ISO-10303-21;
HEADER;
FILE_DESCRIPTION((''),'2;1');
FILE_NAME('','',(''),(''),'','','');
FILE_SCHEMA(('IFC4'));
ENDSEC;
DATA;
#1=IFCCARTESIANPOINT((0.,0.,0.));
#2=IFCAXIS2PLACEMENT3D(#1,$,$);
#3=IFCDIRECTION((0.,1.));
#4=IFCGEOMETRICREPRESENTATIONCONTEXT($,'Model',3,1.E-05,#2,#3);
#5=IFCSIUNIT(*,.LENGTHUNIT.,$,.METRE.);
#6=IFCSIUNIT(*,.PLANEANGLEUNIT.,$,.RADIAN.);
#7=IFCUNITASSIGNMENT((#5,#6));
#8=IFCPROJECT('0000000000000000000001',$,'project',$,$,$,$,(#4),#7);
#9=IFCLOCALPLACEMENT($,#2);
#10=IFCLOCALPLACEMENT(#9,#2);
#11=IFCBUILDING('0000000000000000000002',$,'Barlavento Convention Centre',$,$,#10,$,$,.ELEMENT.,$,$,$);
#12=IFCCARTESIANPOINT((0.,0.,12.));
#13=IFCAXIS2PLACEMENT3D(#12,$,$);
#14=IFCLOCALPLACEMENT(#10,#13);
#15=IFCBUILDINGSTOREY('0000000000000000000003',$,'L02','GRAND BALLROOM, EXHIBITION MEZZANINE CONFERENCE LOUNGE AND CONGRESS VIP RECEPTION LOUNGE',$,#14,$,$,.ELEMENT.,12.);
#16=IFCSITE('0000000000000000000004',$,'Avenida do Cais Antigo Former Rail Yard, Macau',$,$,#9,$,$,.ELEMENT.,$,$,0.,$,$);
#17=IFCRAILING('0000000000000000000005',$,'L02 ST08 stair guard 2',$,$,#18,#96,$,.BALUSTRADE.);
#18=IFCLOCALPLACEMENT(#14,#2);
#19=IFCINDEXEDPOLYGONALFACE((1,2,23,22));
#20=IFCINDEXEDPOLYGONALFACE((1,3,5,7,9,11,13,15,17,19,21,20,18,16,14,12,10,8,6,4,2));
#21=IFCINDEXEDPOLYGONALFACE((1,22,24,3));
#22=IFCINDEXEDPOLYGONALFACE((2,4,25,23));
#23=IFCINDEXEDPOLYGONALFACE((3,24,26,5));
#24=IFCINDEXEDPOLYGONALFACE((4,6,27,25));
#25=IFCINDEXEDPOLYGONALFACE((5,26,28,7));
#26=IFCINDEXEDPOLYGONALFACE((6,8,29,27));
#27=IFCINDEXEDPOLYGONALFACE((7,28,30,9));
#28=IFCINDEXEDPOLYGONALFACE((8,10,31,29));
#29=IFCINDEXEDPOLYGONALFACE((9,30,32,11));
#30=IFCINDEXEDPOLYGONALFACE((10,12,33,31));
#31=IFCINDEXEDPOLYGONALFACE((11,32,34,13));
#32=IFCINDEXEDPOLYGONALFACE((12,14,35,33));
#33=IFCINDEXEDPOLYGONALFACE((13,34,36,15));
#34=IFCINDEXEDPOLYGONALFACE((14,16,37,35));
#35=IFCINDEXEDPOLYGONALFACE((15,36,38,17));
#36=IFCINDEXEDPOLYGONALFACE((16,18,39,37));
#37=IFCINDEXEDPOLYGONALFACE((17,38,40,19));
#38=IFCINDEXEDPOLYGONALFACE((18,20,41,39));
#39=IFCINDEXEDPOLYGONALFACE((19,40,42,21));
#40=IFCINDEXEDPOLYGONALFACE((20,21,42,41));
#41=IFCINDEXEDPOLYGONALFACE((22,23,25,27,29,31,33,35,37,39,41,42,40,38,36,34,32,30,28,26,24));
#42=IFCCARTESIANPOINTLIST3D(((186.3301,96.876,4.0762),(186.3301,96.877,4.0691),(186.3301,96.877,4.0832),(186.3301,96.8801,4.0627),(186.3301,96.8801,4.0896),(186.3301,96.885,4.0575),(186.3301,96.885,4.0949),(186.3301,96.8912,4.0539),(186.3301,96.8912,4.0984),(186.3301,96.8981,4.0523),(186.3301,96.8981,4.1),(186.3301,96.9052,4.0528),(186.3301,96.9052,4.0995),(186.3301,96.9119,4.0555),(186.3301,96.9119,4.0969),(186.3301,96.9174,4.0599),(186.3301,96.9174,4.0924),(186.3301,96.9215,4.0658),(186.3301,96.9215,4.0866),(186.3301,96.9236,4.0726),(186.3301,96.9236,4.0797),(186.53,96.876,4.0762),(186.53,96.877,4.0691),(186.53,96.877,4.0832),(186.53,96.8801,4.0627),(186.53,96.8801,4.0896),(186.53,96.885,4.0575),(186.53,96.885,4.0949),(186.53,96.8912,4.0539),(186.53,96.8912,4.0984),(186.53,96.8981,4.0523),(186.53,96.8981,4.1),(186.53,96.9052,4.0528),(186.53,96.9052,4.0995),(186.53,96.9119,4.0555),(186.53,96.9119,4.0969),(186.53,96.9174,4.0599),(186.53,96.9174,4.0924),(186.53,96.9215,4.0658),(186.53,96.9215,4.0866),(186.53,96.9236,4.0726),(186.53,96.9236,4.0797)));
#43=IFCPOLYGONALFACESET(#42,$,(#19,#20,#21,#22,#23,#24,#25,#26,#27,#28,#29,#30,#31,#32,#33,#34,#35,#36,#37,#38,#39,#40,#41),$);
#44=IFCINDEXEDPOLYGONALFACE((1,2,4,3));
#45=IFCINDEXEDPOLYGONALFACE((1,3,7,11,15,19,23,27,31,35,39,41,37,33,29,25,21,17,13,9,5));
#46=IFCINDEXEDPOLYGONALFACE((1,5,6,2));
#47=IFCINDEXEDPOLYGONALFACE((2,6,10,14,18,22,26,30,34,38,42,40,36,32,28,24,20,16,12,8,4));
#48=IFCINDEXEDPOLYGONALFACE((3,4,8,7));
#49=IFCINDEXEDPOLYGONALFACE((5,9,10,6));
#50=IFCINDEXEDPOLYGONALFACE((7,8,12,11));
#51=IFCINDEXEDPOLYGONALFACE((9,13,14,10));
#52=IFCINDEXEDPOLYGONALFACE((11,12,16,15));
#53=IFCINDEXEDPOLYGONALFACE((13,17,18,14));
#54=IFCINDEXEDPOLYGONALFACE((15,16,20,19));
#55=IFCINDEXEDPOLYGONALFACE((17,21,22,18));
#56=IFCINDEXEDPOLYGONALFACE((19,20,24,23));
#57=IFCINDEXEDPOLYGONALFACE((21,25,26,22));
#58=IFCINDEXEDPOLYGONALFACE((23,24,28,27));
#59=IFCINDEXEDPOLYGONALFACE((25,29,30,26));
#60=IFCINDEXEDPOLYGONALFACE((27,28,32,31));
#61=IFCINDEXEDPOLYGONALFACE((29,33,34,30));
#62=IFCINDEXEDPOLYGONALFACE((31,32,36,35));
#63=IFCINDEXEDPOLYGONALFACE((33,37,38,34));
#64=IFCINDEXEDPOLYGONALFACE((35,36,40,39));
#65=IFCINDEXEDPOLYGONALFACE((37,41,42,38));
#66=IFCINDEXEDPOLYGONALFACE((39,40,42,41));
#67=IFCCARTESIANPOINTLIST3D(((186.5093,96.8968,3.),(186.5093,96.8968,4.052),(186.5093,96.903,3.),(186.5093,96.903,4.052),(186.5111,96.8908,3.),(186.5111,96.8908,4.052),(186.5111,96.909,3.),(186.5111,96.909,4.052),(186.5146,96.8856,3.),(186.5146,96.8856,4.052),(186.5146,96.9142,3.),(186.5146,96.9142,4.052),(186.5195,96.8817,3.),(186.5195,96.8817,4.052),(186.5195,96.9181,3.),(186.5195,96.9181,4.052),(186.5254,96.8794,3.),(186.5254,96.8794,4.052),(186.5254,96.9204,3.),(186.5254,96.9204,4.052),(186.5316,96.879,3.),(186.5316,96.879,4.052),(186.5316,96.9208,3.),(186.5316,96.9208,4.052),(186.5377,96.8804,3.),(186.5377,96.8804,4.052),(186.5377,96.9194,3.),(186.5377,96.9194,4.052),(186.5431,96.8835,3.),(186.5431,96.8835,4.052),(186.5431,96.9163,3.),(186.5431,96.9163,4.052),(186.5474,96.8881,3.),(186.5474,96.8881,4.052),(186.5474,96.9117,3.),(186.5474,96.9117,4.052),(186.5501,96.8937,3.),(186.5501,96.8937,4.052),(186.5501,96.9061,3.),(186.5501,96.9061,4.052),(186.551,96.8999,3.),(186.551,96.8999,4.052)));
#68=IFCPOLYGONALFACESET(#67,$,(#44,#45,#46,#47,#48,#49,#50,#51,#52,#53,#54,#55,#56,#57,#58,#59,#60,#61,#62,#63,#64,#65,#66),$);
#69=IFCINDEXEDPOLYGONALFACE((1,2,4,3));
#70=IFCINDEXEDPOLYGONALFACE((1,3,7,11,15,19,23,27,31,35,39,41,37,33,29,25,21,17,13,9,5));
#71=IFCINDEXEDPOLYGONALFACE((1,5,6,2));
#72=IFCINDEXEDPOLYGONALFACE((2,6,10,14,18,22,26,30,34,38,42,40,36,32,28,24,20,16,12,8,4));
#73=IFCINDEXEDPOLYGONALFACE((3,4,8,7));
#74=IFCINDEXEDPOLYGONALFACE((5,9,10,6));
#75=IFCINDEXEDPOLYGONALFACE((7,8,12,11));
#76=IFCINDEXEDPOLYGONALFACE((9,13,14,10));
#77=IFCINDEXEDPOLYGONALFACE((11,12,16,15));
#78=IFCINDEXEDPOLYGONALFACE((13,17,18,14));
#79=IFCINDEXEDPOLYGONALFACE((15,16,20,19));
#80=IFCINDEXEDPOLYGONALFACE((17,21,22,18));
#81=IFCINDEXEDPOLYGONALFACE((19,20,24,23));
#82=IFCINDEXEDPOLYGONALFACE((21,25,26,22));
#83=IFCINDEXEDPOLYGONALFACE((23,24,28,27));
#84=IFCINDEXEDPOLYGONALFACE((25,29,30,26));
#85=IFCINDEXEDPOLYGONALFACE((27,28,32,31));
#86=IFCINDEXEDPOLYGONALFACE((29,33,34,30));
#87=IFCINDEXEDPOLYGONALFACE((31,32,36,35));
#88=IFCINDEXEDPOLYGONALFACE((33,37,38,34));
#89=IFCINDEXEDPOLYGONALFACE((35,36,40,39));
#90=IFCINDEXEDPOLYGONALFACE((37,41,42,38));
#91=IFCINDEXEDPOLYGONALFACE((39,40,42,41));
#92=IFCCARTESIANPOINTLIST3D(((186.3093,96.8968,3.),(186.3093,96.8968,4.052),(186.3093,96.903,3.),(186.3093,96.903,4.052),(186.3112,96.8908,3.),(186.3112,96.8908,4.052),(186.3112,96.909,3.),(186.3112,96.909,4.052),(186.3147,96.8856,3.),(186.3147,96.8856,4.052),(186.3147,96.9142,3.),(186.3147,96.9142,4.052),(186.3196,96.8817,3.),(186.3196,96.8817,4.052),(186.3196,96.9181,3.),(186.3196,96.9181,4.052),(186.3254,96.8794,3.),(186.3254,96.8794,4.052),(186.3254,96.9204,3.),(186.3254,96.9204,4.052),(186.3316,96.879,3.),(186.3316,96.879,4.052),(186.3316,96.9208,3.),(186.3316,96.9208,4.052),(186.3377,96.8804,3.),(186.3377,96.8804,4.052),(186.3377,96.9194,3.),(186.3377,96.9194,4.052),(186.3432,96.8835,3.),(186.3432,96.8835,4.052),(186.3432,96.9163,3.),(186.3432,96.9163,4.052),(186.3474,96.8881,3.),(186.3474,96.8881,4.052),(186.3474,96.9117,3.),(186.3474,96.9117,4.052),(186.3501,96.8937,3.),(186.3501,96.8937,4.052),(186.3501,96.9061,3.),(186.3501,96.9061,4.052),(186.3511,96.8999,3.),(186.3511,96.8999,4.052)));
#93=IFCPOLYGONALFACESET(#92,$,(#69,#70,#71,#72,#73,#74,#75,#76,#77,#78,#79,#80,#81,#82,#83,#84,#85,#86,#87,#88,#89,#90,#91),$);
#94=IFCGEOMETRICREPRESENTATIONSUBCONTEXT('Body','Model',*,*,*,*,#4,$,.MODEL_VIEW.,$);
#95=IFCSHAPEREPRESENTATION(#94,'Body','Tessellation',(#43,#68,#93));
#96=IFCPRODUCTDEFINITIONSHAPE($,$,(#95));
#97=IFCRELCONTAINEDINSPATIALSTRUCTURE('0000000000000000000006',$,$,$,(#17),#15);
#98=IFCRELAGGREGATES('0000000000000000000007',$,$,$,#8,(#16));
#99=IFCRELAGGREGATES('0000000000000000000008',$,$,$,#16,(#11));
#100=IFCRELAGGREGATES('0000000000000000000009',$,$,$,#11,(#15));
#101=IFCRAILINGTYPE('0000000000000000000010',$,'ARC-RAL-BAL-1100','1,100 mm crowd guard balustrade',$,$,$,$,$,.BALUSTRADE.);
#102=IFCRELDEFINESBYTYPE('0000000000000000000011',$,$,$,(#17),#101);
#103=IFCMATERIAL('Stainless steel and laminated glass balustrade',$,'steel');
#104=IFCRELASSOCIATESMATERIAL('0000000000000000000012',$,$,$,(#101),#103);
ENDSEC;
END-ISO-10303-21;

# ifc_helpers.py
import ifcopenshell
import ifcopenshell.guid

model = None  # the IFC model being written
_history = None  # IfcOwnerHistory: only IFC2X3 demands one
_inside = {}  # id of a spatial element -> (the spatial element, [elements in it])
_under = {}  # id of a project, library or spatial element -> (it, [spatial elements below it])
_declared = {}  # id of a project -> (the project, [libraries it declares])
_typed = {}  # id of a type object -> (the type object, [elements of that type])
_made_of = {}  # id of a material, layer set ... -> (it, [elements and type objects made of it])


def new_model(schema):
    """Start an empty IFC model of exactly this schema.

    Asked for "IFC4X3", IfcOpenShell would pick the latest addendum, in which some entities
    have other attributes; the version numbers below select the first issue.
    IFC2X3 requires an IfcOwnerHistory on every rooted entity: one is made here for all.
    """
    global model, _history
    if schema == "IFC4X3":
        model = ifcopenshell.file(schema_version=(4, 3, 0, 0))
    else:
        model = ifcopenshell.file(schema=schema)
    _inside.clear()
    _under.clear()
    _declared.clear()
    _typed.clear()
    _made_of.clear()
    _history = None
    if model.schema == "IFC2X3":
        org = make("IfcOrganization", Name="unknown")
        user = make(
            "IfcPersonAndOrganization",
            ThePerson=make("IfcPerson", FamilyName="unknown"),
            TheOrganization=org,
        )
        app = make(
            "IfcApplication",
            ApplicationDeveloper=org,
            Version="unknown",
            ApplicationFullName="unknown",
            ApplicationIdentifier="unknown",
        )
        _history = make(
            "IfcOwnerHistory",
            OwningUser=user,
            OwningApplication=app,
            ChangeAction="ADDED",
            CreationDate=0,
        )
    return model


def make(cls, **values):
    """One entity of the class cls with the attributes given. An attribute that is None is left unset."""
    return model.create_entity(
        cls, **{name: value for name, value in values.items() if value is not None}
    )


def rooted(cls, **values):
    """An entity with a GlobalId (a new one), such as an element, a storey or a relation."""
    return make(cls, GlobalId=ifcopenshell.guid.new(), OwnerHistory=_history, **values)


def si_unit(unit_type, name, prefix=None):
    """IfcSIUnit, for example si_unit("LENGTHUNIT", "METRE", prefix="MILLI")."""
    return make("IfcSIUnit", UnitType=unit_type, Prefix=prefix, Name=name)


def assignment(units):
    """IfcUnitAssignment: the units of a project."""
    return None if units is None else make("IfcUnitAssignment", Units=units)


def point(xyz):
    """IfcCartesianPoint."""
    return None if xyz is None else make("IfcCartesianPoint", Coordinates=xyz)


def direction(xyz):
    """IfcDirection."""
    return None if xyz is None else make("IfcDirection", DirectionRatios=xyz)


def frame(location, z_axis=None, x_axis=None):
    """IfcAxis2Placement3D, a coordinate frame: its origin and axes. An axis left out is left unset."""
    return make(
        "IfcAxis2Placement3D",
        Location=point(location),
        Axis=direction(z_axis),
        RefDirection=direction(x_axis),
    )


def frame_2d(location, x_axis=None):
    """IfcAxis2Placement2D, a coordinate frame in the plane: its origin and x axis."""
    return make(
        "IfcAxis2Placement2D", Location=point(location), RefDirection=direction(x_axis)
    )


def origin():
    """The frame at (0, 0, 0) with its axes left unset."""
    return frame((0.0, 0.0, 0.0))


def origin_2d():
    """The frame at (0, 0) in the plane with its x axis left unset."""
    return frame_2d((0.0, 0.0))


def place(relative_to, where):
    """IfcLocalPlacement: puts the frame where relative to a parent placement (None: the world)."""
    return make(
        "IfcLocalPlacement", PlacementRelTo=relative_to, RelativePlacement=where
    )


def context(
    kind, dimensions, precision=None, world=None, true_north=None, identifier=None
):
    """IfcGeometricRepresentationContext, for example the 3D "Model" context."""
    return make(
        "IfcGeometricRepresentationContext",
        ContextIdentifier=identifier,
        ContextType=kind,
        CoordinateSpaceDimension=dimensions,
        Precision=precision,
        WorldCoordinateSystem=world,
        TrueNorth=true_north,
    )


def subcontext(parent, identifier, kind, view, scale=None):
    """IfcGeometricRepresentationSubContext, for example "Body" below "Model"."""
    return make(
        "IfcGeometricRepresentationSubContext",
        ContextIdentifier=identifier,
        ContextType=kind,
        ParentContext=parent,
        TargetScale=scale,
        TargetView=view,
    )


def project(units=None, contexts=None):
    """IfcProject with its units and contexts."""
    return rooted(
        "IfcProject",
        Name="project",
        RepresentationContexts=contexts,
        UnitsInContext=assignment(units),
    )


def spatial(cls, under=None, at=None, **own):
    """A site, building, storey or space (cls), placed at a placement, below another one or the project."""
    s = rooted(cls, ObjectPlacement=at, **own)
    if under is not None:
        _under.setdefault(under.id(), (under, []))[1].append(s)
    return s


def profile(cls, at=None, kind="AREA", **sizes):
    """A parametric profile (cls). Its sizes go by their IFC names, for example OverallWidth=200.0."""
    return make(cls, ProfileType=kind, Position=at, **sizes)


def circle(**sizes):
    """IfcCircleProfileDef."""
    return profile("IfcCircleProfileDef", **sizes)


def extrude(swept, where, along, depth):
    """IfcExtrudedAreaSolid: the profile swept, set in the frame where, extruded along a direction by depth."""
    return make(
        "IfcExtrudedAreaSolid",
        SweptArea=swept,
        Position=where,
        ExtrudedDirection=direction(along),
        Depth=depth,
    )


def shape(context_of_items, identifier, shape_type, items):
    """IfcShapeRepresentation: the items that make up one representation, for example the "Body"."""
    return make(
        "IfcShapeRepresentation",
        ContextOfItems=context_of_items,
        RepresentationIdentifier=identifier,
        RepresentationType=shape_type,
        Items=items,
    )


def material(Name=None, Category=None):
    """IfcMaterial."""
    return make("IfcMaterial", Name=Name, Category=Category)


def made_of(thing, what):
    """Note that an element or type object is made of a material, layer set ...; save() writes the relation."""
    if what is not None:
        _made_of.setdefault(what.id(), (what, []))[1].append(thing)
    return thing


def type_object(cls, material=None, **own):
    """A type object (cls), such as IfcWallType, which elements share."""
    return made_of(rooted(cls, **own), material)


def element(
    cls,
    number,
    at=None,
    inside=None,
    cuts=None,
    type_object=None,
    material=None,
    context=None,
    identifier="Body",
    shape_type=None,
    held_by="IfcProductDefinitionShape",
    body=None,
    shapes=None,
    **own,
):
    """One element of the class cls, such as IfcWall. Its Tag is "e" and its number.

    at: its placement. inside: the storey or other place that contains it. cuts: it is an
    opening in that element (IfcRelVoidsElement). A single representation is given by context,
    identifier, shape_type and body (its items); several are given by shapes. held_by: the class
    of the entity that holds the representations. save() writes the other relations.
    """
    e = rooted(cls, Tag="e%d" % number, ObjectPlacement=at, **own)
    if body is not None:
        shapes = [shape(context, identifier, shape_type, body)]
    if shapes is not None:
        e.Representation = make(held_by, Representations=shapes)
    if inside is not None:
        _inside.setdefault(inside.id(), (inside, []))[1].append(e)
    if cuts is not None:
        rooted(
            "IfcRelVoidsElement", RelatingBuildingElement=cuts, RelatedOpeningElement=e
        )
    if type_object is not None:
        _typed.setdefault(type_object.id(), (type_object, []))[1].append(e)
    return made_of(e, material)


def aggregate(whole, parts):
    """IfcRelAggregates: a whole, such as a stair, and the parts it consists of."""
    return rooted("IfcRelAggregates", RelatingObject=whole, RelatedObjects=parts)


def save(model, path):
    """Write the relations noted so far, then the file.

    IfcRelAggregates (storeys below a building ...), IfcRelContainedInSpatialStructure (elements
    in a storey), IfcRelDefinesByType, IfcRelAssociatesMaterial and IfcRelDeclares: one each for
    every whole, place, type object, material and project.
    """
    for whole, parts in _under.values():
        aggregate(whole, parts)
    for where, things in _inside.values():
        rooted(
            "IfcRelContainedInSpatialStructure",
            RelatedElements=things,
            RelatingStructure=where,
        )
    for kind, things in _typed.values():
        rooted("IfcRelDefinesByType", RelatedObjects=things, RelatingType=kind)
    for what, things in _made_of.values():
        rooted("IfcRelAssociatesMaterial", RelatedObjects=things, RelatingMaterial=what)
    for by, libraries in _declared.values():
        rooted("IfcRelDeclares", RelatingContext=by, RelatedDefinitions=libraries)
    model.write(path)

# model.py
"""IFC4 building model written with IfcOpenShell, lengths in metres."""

from ifc_helpers import new_model, si_unit, direction, frame, origin, origin_2d, place, context, subcontext, project, spatial, circle, extrude, material, type_object, element, save


model = new_model("IFC4")

# Units and contexts
model_context = context("Model", 3, precision=1e-05, world=origin(), true_north=direction((0.0, 1.0)))
body_context = subcontext(model_context, "Body", "Model", "MODEL_VIEW")
ifc_project = project(units=[si_unit("LENGTHUNIT", "METRE"), si_unit("PLANEANGLEUNIT", "RADIAN")], contexts=[model_context])

# Site, building, storey
site_placement = place(None, origin())
site = spatial("IfcSite", under=ifc_project, at=site_placement, Name="Avenida do Cais Antigo Former Rail Yard, Macau", CompositionType="ELEMENT", RefElevation=0.0)
building_placement = place(site_placement, origin())
building = spatial("IfcBuilding", under=site, at=building_placement, Name="Barlavento Convention Centre", CompositionType="ELEMENT")
storey_placement = place(building_placement, frame((0.0, 0.0, 12.0)))
storey = spatial("IfcBuildingStorey", under=building, at=storey_placement, Name="L02", Description="GRAND BALLROOM, EXHIBITION MEZZANINE CONFERENCE LOUNGE AND CONGRESS VIP RECEPTION LOUNGE", CompositionType="ELEMENT", Elevation=12.0)

# Railing
ifc_material_1 = material(Name="Stainless steel and laminated glass balustrade", Category="steel")
railing_type_1 = type_object("IfcRailingType", Name="ARC-RAL-BAL-1100", Description="1,100 mm crowd guard balustrade", PredefinedType="BALUSTRADE", material=ifc_material_1)
railing_1_placement = place(storey_placement, frame((186.53, 96.8999, 3.0)))
element("IfcRailing", 1, at=railing_1_placement, inside=storey, type_object=railing_type_1, Name="L02 ST08 stair guard 2", PredefinedType="BALUSTRADE", context=body_context, shape_type="SweptSolid", body=[
    extrude(circle(Radius=0.0239, at=origin_2d()), frame((0.0, 0.0, 1.0762), z_axis=(-1.0, 0.0, 0.0), x_axis=(0.0, -1.0, 0.0)), (0.0, 0.0, 1.0), 0.2),
    extrude(circle(Radius=0.021, at=origin_2d()), origin(), (0.0, 0.0, 1.0), 1.052),
    extrude(circle(Radius=0.021, at=origin_2d()), frame((-0.2, 0.0, 0.0)), (0.0, 0.0, 1.0), 1.052),
])

save(model, "model.ifc")
